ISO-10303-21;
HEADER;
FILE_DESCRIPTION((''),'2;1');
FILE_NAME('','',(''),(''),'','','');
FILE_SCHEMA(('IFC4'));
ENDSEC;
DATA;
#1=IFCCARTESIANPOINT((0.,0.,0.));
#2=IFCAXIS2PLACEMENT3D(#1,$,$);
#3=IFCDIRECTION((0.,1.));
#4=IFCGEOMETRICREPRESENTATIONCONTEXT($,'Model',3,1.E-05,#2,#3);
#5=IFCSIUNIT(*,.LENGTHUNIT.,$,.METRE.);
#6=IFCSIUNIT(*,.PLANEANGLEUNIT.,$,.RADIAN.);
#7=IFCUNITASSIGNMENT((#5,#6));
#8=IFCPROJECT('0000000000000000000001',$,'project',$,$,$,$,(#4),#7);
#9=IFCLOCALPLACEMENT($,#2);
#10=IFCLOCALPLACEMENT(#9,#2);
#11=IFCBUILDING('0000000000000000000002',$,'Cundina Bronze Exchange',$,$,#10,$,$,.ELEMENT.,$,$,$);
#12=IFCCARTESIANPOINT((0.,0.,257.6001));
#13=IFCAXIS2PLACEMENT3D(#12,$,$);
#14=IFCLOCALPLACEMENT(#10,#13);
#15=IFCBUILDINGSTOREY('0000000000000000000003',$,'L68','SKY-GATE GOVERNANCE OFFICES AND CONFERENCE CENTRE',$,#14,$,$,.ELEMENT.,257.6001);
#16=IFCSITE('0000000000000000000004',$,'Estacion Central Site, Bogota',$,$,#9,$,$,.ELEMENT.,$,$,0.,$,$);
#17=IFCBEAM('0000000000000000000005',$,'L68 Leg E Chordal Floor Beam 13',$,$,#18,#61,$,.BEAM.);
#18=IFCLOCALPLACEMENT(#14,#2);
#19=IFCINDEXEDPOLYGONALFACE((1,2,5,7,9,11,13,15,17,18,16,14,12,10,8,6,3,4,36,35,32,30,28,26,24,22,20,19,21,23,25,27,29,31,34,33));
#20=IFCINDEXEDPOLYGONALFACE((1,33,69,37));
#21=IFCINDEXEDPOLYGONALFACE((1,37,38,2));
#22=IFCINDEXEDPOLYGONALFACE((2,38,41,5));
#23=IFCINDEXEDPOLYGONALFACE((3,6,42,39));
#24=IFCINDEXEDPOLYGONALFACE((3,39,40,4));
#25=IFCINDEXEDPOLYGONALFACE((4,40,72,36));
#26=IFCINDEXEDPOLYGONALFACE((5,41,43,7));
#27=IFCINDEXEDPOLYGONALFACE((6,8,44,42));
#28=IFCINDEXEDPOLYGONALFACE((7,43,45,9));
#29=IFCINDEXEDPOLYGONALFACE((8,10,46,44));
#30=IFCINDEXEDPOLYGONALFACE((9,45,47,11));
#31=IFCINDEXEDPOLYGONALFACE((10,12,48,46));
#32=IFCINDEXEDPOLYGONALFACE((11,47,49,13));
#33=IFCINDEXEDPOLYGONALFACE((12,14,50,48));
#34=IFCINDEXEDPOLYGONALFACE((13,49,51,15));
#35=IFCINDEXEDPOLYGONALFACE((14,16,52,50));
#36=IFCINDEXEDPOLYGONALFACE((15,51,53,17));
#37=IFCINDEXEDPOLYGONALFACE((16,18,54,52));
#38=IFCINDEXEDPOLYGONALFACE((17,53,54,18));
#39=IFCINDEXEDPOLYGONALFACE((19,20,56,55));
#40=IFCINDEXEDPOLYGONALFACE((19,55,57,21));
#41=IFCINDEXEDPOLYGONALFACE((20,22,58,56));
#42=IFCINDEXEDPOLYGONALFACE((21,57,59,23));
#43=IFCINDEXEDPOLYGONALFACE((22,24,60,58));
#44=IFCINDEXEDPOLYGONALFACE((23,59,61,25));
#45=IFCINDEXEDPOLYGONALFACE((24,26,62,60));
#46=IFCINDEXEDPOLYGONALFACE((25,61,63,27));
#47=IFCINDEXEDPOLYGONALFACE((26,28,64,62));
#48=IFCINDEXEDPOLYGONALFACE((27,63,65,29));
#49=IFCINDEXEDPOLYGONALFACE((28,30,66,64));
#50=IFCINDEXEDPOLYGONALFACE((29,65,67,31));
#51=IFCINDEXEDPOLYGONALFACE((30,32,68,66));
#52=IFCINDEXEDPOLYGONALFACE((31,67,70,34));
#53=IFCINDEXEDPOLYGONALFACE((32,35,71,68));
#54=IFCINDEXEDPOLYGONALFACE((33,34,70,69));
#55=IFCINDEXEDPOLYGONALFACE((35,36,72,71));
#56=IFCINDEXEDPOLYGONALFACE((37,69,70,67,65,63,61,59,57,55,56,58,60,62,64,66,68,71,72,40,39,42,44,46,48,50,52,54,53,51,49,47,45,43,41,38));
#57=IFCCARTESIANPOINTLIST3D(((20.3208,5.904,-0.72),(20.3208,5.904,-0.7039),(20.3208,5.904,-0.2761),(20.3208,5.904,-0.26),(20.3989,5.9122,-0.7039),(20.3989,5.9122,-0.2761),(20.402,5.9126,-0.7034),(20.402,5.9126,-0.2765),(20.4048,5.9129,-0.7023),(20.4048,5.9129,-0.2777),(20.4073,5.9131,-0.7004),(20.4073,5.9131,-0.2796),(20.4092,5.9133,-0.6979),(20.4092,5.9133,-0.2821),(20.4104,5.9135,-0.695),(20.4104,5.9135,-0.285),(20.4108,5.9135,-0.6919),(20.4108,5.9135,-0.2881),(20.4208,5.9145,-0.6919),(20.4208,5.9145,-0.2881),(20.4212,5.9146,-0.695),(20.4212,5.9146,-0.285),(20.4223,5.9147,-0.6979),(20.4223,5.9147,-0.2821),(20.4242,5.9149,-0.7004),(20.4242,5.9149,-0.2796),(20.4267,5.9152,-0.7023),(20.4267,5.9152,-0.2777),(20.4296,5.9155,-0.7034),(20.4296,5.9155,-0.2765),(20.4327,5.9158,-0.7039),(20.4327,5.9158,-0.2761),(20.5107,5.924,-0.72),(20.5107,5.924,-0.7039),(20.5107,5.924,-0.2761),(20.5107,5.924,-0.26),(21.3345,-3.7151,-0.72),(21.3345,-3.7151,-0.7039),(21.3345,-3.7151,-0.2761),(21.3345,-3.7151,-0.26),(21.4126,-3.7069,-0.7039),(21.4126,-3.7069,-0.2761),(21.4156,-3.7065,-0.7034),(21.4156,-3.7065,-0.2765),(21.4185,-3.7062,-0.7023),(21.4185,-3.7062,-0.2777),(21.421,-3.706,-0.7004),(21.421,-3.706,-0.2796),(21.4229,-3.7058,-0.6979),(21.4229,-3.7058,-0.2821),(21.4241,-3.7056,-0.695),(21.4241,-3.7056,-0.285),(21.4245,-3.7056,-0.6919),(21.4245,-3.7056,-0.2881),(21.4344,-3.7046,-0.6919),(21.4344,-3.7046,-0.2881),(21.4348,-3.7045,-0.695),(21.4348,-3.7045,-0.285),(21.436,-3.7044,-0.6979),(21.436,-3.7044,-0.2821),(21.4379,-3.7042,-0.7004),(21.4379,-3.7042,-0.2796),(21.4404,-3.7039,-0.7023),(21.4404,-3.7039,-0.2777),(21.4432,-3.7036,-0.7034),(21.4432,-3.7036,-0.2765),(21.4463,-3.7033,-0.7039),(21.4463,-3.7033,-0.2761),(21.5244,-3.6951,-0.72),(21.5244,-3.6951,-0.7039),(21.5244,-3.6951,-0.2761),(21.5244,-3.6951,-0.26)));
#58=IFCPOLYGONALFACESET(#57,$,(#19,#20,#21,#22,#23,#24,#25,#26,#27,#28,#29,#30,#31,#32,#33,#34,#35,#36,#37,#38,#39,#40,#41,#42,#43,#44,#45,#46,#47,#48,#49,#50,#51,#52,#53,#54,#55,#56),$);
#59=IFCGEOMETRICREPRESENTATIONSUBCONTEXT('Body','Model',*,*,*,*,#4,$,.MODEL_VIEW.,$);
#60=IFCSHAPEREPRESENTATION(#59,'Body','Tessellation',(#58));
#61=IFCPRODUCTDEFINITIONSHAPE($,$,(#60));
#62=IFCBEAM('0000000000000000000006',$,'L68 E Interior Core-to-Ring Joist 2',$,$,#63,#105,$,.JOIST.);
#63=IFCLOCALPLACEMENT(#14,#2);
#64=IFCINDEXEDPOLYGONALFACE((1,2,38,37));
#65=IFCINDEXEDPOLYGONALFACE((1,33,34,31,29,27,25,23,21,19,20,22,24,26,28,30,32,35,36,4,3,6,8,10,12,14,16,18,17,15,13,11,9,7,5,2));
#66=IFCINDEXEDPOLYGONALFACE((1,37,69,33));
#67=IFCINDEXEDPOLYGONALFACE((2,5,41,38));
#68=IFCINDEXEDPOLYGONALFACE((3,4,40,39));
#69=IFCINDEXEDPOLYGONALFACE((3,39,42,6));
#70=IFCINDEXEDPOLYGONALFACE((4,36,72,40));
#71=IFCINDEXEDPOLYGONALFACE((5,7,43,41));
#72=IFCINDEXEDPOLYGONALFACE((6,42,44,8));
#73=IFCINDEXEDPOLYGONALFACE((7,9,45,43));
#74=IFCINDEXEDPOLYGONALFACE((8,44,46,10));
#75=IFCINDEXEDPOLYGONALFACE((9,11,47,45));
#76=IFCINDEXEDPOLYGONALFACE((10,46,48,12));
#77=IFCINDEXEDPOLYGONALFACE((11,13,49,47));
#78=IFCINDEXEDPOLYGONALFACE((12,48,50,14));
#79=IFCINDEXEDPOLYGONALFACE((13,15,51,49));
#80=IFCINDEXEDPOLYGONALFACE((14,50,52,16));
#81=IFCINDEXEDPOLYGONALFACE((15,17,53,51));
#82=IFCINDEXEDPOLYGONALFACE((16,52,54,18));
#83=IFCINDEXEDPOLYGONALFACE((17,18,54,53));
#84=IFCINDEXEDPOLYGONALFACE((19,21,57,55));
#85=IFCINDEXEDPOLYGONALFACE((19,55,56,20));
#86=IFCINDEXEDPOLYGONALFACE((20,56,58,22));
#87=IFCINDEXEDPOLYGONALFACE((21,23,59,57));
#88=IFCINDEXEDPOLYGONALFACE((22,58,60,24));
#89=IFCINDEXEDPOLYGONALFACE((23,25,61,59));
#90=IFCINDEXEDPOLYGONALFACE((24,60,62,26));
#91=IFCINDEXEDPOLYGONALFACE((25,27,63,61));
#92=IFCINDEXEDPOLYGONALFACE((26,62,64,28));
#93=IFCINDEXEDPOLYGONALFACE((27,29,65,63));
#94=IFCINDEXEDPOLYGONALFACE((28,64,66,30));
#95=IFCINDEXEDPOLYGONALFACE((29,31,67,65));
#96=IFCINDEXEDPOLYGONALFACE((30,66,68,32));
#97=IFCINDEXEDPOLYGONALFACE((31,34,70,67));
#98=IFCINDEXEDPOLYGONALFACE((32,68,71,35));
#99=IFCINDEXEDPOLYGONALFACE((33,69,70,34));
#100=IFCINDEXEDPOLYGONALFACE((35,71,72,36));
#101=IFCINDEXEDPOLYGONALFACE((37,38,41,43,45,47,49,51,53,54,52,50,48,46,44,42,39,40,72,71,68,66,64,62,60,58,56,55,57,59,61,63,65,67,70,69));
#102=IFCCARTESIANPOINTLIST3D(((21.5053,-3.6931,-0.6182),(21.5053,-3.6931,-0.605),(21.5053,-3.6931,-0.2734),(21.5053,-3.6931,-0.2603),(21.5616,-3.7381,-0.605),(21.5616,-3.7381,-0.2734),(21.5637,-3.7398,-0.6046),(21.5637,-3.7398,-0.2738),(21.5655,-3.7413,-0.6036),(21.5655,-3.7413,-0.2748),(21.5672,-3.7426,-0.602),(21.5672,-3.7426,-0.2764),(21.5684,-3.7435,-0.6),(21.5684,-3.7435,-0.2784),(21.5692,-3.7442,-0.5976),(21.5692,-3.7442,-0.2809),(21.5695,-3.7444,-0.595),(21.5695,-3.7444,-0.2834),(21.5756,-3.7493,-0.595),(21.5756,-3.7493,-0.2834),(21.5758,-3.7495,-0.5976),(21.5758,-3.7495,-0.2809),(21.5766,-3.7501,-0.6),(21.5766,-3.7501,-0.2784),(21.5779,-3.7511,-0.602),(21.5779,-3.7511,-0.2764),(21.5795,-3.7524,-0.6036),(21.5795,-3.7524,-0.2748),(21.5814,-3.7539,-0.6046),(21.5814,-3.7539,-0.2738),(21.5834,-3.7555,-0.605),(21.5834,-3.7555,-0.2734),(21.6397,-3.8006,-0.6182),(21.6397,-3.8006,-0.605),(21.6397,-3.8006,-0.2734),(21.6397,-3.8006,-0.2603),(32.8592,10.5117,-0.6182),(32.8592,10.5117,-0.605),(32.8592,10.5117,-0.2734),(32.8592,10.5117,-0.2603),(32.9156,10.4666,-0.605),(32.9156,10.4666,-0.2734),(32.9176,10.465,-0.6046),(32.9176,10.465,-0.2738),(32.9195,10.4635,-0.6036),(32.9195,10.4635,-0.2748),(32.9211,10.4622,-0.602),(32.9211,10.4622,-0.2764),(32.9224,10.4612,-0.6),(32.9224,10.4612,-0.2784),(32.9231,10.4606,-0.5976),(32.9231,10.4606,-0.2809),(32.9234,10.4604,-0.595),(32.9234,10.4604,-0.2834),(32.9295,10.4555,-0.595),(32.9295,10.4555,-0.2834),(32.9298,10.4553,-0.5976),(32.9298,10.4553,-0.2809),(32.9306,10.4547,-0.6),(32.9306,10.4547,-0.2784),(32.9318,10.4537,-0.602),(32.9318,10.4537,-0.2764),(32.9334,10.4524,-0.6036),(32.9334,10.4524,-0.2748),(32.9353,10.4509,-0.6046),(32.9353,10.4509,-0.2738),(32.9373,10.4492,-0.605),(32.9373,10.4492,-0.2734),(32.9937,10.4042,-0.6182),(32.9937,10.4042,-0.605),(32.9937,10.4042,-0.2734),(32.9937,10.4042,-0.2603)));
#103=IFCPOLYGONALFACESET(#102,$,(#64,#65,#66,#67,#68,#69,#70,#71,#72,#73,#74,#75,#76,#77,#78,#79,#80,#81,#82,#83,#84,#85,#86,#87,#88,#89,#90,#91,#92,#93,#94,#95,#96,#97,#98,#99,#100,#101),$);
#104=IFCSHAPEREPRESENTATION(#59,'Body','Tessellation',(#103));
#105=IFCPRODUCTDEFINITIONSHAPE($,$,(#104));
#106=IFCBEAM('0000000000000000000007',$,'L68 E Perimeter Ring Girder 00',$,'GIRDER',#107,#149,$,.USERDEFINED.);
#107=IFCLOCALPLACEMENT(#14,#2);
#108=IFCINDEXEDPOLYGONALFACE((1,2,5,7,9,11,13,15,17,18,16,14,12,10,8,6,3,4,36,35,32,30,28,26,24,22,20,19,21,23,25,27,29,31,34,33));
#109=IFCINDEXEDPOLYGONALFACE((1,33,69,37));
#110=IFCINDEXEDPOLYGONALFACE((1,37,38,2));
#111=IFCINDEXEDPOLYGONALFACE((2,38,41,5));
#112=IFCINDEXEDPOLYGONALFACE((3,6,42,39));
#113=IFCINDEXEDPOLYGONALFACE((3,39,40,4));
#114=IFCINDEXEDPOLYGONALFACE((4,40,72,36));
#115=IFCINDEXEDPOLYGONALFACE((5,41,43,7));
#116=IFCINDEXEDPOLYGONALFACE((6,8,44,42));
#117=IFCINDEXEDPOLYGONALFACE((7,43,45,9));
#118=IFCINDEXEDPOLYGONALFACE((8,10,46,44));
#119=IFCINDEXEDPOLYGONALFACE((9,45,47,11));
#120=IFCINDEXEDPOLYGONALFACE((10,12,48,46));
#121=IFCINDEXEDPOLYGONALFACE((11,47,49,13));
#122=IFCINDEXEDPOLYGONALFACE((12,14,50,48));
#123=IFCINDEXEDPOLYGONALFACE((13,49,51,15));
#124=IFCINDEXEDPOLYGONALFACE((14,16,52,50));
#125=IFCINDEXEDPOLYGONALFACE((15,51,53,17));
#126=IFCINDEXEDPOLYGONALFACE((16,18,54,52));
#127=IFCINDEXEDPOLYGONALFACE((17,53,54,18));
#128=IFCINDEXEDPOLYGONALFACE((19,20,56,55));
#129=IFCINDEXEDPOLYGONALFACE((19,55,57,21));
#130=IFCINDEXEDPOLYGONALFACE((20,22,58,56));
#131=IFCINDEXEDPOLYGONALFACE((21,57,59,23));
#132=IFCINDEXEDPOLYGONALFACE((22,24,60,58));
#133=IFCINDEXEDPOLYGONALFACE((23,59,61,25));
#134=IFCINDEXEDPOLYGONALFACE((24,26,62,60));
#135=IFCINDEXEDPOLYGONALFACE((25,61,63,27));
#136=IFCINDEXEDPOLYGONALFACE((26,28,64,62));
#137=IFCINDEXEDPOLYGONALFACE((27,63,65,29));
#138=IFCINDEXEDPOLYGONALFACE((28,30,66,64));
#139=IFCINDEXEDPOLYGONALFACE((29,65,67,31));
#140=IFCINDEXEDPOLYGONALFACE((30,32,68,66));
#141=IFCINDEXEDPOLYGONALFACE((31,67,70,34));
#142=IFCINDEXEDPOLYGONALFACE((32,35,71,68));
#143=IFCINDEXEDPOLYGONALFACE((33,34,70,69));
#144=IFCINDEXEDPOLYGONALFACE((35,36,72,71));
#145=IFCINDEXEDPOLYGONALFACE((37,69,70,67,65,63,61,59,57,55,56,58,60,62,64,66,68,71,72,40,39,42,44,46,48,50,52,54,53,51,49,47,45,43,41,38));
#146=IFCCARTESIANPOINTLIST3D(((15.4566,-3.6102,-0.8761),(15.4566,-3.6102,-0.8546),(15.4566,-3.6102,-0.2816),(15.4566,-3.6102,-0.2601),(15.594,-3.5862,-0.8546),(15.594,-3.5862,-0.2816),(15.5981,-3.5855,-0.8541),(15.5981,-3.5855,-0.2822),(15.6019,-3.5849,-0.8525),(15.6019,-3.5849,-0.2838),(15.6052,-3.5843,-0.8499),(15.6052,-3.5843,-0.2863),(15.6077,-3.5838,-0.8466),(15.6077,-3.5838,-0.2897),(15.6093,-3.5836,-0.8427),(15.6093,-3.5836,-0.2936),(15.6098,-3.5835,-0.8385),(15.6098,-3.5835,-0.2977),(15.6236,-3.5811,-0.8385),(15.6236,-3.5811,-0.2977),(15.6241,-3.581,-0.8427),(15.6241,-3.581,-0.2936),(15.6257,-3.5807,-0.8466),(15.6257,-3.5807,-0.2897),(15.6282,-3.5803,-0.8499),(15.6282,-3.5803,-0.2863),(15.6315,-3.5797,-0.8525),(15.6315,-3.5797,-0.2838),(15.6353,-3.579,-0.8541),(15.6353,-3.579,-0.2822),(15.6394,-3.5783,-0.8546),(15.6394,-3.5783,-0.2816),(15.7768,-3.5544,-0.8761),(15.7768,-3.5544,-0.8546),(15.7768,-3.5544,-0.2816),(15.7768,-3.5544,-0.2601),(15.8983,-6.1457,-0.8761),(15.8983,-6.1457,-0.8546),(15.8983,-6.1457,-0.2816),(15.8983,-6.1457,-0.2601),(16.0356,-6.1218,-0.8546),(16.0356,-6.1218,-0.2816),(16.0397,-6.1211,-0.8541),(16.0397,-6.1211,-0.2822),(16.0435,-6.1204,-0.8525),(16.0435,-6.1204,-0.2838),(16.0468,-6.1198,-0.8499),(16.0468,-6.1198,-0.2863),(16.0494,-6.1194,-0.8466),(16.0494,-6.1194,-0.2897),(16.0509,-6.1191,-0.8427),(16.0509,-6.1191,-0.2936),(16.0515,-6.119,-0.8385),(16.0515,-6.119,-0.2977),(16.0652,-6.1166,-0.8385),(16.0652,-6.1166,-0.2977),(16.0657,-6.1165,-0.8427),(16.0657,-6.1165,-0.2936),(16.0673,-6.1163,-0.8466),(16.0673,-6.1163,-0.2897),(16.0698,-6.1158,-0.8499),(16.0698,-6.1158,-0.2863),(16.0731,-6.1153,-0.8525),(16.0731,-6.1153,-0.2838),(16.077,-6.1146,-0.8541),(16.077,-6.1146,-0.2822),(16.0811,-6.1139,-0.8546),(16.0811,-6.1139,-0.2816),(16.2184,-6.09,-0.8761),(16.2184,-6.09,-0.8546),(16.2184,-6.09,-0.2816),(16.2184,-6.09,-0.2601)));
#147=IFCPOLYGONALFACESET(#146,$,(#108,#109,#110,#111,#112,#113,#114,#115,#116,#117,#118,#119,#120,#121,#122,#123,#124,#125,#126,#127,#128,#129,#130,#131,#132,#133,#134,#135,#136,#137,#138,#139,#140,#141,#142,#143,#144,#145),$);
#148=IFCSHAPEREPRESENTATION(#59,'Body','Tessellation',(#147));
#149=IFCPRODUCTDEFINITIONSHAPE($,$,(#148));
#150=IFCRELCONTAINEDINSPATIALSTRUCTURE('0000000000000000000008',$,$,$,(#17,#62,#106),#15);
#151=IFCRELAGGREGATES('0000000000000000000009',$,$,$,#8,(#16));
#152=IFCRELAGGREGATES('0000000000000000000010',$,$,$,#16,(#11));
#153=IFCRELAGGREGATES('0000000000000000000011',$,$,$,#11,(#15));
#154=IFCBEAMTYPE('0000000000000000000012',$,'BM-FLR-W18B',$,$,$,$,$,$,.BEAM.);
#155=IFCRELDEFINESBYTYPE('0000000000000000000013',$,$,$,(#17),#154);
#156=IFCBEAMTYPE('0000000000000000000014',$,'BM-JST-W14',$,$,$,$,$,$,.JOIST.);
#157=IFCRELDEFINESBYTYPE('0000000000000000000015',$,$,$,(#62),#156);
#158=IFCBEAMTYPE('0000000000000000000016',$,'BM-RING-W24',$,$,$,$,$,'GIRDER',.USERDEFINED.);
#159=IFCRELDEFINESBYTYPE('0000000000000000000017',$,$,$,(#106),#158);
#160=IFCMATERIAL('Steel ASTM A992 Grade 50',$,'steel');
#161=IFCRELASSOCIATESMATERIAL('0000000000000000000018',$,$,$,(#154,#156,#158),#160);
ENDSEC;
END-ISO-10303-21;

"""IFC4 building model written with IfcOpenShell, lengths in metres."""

from ifc_helpers import new_model, si_unit, direction, frame, origin, origin_2d, place, context, subcontext, project, spatial, i_section, extrude, material, material_profile, profile_set, type_object, element, save


model = new_model("IFC4")

# Units and contexts
model_context = context("Model", 3, precision=1e-05, world=origin(), true_north=direction((0.0, 1.0)))
body_context = subcontext(model_context, "Body", "Model", "MODEL_VIEW")
ifc_project = project(units=[si_unit("LENGTHUNIT", "METRE"), si_unit("PLANEANGLEUNIT", "RADIAN")], contexts=[model_context])

# Site, building, storey
site_placement = place(None, origin())
site = spatial("IfcSite", under=ifc_project, at=site_placement, Name="Estacion Central Site, Bogota", CompositionType="ELEMENT", RefElevation=0.0)
building_placement = place(site_placement, origin())
building = spatial("IfcBuilding", under=site, at=building_placement, Name="Cundina Bronze Exchange", CompositionType="ELEMENT")
storey_placement = place(building_placement, frame((0.0, 0.0, 257.6001)))
storey = spatial("IfcBuildingStorey", under=building, at=storey_placement, Name="L68", Description="SKY-GATE GOVERNANCE OFFICES AND CONFERENCE CENTRE", CompositionType="ELEMENT", Elevation=257.6001)

# Shared definitions
ifc_material_1 = material(Name="Steel ASTM A992 Grade 50", Category="steel")

# Beams
ifc_material_profile_1 = material_profile(ifc_material_1, i_section(OverallWidth=0.1909, OverallDepth=0.46, WebThickness=0.01, FlangeThickness=0.0161, FilletRadius=0.012, at=origin_2d()), Name="W18X55", Category="steel")
ifc_profile_set_1 = profile_set([ifc_material_profile_1], Name="Steel ASTM A992 Grade 50")
beam_type_1 = type_object("IfcBeamType", Name="BM-FLR-W18B", PredefinedType="BEAM", material=ifc_profile_set_1)
beam_1_placement = place(storey_placement, frame((21.4294, -3.7051, -0.49), z_axis=(-0.1048, 0.994493, 0.0), x_axis=(-0.994493, -0.1048, 0.0)))
element("IfcBeam", 1, at=beam_1_placement, inside=storey, type_object=beam_type_1, Name="L68 Leg E Chordal Floor Beam 13", PredefinedType="BEAM", context=body_context, shape_type="SweptSolid", body=[
    extrude(i_section(OverallWidth=0.1909, OverallDepth=0.46, WebThickness=0.01, FlangeThickness=0.0161, FilletRadius=0.012, at=origin_2d()), origin(), (0.0, 0.0, 1.0), 9.6724),
])
ifc_material_profile_2 = material_profile(ifc_material_1, i_section(OverallWidth=0.1721, OverallDepth=0.3579, WebThickness=0.0078, FlangeThickness=0.0132, FilletRadius=0.01, at=origin_2d()), Name="W14X38", Category="steel")
ifc_profile_set_2 = profile_set([ifc_material_profile_2], Name="Steel ASTM A992 Grade 50")
beam_type_2 = type_object("IfcBeamType", Name="BM-JST-W14", PredefinedType="JOIST", material=ifc_profile_set_2)
beam_2_placement = place(storey_placement, frame((21.5725, -3.7468, -0.4392), z_axis=(0.624364, 0.781133, 0.0), x_axis=(-0.781133, 0.624364, 0.0)))
element("IfcBeam", 2, at=beam_2_placement, inside=storey, type_object=beam_type_2, Name="L68 E Interior Core-to-Ring Joist 2", PredefinedType="JOIST", context=body_context, shape_type="SweptSolid", body=[
    extrude(i_section(OverallWidth=0.1721, OverallDepth=0.3579, WebThickness=0.0078, FlangeThickness=0.0132, FilletRadius=0.01, at=origin_2d()), origin(), (0.0, 0.0, 1.0), 18.1848),
])
ifc_material_profile_3 = material_profile(ifc_material_1, i_section(OverallWidth=0.325, OverallDepth=0.616, WebThickness=0.0139, FlangeThickness=0.0215, FilletRadius=0.0161, at=origin_2d()), Name="W24X117", Category="steel")
ifc_profile_set_3 = profile_set([ifc_material_profile_3], Name="Steel ASTM A992 Grade 50")
beam_type_3 = type_object("IfcBeamType", Name="BM-RING-W24", ElementType="GIRDER", PredefinedType="USERDEFINED", material=ifc_profile_set_3)
beam_3_placement = place(storey_placement, frame((15.6167, -3.5823, -0.5681), z_axis=(0.171593, -0.985168, 0.0), x_axis=(0.985168, 0.171593, 0.0)))
element("IfcBeam", 3, at=beam_3_placement, inside=storey, type_object=beam_type_3, Name="L68 E Perimeter Ring Girder 00", ObjectType="GIRDER", PredefinedType="USERDEFINED", context=body_context, shape_type="SweptSolid", body=[
    extrude(i_section(OverallWidth=0.325, OverallDepth=0.616, WebThickness=0.0139, FlangeThickness=0.0215, FilletRadius=0.0161, at=origin_2d()), origin(), (0.0, 0.0, 1.0), 2.5737),
])

save(model, "model.ifc")
